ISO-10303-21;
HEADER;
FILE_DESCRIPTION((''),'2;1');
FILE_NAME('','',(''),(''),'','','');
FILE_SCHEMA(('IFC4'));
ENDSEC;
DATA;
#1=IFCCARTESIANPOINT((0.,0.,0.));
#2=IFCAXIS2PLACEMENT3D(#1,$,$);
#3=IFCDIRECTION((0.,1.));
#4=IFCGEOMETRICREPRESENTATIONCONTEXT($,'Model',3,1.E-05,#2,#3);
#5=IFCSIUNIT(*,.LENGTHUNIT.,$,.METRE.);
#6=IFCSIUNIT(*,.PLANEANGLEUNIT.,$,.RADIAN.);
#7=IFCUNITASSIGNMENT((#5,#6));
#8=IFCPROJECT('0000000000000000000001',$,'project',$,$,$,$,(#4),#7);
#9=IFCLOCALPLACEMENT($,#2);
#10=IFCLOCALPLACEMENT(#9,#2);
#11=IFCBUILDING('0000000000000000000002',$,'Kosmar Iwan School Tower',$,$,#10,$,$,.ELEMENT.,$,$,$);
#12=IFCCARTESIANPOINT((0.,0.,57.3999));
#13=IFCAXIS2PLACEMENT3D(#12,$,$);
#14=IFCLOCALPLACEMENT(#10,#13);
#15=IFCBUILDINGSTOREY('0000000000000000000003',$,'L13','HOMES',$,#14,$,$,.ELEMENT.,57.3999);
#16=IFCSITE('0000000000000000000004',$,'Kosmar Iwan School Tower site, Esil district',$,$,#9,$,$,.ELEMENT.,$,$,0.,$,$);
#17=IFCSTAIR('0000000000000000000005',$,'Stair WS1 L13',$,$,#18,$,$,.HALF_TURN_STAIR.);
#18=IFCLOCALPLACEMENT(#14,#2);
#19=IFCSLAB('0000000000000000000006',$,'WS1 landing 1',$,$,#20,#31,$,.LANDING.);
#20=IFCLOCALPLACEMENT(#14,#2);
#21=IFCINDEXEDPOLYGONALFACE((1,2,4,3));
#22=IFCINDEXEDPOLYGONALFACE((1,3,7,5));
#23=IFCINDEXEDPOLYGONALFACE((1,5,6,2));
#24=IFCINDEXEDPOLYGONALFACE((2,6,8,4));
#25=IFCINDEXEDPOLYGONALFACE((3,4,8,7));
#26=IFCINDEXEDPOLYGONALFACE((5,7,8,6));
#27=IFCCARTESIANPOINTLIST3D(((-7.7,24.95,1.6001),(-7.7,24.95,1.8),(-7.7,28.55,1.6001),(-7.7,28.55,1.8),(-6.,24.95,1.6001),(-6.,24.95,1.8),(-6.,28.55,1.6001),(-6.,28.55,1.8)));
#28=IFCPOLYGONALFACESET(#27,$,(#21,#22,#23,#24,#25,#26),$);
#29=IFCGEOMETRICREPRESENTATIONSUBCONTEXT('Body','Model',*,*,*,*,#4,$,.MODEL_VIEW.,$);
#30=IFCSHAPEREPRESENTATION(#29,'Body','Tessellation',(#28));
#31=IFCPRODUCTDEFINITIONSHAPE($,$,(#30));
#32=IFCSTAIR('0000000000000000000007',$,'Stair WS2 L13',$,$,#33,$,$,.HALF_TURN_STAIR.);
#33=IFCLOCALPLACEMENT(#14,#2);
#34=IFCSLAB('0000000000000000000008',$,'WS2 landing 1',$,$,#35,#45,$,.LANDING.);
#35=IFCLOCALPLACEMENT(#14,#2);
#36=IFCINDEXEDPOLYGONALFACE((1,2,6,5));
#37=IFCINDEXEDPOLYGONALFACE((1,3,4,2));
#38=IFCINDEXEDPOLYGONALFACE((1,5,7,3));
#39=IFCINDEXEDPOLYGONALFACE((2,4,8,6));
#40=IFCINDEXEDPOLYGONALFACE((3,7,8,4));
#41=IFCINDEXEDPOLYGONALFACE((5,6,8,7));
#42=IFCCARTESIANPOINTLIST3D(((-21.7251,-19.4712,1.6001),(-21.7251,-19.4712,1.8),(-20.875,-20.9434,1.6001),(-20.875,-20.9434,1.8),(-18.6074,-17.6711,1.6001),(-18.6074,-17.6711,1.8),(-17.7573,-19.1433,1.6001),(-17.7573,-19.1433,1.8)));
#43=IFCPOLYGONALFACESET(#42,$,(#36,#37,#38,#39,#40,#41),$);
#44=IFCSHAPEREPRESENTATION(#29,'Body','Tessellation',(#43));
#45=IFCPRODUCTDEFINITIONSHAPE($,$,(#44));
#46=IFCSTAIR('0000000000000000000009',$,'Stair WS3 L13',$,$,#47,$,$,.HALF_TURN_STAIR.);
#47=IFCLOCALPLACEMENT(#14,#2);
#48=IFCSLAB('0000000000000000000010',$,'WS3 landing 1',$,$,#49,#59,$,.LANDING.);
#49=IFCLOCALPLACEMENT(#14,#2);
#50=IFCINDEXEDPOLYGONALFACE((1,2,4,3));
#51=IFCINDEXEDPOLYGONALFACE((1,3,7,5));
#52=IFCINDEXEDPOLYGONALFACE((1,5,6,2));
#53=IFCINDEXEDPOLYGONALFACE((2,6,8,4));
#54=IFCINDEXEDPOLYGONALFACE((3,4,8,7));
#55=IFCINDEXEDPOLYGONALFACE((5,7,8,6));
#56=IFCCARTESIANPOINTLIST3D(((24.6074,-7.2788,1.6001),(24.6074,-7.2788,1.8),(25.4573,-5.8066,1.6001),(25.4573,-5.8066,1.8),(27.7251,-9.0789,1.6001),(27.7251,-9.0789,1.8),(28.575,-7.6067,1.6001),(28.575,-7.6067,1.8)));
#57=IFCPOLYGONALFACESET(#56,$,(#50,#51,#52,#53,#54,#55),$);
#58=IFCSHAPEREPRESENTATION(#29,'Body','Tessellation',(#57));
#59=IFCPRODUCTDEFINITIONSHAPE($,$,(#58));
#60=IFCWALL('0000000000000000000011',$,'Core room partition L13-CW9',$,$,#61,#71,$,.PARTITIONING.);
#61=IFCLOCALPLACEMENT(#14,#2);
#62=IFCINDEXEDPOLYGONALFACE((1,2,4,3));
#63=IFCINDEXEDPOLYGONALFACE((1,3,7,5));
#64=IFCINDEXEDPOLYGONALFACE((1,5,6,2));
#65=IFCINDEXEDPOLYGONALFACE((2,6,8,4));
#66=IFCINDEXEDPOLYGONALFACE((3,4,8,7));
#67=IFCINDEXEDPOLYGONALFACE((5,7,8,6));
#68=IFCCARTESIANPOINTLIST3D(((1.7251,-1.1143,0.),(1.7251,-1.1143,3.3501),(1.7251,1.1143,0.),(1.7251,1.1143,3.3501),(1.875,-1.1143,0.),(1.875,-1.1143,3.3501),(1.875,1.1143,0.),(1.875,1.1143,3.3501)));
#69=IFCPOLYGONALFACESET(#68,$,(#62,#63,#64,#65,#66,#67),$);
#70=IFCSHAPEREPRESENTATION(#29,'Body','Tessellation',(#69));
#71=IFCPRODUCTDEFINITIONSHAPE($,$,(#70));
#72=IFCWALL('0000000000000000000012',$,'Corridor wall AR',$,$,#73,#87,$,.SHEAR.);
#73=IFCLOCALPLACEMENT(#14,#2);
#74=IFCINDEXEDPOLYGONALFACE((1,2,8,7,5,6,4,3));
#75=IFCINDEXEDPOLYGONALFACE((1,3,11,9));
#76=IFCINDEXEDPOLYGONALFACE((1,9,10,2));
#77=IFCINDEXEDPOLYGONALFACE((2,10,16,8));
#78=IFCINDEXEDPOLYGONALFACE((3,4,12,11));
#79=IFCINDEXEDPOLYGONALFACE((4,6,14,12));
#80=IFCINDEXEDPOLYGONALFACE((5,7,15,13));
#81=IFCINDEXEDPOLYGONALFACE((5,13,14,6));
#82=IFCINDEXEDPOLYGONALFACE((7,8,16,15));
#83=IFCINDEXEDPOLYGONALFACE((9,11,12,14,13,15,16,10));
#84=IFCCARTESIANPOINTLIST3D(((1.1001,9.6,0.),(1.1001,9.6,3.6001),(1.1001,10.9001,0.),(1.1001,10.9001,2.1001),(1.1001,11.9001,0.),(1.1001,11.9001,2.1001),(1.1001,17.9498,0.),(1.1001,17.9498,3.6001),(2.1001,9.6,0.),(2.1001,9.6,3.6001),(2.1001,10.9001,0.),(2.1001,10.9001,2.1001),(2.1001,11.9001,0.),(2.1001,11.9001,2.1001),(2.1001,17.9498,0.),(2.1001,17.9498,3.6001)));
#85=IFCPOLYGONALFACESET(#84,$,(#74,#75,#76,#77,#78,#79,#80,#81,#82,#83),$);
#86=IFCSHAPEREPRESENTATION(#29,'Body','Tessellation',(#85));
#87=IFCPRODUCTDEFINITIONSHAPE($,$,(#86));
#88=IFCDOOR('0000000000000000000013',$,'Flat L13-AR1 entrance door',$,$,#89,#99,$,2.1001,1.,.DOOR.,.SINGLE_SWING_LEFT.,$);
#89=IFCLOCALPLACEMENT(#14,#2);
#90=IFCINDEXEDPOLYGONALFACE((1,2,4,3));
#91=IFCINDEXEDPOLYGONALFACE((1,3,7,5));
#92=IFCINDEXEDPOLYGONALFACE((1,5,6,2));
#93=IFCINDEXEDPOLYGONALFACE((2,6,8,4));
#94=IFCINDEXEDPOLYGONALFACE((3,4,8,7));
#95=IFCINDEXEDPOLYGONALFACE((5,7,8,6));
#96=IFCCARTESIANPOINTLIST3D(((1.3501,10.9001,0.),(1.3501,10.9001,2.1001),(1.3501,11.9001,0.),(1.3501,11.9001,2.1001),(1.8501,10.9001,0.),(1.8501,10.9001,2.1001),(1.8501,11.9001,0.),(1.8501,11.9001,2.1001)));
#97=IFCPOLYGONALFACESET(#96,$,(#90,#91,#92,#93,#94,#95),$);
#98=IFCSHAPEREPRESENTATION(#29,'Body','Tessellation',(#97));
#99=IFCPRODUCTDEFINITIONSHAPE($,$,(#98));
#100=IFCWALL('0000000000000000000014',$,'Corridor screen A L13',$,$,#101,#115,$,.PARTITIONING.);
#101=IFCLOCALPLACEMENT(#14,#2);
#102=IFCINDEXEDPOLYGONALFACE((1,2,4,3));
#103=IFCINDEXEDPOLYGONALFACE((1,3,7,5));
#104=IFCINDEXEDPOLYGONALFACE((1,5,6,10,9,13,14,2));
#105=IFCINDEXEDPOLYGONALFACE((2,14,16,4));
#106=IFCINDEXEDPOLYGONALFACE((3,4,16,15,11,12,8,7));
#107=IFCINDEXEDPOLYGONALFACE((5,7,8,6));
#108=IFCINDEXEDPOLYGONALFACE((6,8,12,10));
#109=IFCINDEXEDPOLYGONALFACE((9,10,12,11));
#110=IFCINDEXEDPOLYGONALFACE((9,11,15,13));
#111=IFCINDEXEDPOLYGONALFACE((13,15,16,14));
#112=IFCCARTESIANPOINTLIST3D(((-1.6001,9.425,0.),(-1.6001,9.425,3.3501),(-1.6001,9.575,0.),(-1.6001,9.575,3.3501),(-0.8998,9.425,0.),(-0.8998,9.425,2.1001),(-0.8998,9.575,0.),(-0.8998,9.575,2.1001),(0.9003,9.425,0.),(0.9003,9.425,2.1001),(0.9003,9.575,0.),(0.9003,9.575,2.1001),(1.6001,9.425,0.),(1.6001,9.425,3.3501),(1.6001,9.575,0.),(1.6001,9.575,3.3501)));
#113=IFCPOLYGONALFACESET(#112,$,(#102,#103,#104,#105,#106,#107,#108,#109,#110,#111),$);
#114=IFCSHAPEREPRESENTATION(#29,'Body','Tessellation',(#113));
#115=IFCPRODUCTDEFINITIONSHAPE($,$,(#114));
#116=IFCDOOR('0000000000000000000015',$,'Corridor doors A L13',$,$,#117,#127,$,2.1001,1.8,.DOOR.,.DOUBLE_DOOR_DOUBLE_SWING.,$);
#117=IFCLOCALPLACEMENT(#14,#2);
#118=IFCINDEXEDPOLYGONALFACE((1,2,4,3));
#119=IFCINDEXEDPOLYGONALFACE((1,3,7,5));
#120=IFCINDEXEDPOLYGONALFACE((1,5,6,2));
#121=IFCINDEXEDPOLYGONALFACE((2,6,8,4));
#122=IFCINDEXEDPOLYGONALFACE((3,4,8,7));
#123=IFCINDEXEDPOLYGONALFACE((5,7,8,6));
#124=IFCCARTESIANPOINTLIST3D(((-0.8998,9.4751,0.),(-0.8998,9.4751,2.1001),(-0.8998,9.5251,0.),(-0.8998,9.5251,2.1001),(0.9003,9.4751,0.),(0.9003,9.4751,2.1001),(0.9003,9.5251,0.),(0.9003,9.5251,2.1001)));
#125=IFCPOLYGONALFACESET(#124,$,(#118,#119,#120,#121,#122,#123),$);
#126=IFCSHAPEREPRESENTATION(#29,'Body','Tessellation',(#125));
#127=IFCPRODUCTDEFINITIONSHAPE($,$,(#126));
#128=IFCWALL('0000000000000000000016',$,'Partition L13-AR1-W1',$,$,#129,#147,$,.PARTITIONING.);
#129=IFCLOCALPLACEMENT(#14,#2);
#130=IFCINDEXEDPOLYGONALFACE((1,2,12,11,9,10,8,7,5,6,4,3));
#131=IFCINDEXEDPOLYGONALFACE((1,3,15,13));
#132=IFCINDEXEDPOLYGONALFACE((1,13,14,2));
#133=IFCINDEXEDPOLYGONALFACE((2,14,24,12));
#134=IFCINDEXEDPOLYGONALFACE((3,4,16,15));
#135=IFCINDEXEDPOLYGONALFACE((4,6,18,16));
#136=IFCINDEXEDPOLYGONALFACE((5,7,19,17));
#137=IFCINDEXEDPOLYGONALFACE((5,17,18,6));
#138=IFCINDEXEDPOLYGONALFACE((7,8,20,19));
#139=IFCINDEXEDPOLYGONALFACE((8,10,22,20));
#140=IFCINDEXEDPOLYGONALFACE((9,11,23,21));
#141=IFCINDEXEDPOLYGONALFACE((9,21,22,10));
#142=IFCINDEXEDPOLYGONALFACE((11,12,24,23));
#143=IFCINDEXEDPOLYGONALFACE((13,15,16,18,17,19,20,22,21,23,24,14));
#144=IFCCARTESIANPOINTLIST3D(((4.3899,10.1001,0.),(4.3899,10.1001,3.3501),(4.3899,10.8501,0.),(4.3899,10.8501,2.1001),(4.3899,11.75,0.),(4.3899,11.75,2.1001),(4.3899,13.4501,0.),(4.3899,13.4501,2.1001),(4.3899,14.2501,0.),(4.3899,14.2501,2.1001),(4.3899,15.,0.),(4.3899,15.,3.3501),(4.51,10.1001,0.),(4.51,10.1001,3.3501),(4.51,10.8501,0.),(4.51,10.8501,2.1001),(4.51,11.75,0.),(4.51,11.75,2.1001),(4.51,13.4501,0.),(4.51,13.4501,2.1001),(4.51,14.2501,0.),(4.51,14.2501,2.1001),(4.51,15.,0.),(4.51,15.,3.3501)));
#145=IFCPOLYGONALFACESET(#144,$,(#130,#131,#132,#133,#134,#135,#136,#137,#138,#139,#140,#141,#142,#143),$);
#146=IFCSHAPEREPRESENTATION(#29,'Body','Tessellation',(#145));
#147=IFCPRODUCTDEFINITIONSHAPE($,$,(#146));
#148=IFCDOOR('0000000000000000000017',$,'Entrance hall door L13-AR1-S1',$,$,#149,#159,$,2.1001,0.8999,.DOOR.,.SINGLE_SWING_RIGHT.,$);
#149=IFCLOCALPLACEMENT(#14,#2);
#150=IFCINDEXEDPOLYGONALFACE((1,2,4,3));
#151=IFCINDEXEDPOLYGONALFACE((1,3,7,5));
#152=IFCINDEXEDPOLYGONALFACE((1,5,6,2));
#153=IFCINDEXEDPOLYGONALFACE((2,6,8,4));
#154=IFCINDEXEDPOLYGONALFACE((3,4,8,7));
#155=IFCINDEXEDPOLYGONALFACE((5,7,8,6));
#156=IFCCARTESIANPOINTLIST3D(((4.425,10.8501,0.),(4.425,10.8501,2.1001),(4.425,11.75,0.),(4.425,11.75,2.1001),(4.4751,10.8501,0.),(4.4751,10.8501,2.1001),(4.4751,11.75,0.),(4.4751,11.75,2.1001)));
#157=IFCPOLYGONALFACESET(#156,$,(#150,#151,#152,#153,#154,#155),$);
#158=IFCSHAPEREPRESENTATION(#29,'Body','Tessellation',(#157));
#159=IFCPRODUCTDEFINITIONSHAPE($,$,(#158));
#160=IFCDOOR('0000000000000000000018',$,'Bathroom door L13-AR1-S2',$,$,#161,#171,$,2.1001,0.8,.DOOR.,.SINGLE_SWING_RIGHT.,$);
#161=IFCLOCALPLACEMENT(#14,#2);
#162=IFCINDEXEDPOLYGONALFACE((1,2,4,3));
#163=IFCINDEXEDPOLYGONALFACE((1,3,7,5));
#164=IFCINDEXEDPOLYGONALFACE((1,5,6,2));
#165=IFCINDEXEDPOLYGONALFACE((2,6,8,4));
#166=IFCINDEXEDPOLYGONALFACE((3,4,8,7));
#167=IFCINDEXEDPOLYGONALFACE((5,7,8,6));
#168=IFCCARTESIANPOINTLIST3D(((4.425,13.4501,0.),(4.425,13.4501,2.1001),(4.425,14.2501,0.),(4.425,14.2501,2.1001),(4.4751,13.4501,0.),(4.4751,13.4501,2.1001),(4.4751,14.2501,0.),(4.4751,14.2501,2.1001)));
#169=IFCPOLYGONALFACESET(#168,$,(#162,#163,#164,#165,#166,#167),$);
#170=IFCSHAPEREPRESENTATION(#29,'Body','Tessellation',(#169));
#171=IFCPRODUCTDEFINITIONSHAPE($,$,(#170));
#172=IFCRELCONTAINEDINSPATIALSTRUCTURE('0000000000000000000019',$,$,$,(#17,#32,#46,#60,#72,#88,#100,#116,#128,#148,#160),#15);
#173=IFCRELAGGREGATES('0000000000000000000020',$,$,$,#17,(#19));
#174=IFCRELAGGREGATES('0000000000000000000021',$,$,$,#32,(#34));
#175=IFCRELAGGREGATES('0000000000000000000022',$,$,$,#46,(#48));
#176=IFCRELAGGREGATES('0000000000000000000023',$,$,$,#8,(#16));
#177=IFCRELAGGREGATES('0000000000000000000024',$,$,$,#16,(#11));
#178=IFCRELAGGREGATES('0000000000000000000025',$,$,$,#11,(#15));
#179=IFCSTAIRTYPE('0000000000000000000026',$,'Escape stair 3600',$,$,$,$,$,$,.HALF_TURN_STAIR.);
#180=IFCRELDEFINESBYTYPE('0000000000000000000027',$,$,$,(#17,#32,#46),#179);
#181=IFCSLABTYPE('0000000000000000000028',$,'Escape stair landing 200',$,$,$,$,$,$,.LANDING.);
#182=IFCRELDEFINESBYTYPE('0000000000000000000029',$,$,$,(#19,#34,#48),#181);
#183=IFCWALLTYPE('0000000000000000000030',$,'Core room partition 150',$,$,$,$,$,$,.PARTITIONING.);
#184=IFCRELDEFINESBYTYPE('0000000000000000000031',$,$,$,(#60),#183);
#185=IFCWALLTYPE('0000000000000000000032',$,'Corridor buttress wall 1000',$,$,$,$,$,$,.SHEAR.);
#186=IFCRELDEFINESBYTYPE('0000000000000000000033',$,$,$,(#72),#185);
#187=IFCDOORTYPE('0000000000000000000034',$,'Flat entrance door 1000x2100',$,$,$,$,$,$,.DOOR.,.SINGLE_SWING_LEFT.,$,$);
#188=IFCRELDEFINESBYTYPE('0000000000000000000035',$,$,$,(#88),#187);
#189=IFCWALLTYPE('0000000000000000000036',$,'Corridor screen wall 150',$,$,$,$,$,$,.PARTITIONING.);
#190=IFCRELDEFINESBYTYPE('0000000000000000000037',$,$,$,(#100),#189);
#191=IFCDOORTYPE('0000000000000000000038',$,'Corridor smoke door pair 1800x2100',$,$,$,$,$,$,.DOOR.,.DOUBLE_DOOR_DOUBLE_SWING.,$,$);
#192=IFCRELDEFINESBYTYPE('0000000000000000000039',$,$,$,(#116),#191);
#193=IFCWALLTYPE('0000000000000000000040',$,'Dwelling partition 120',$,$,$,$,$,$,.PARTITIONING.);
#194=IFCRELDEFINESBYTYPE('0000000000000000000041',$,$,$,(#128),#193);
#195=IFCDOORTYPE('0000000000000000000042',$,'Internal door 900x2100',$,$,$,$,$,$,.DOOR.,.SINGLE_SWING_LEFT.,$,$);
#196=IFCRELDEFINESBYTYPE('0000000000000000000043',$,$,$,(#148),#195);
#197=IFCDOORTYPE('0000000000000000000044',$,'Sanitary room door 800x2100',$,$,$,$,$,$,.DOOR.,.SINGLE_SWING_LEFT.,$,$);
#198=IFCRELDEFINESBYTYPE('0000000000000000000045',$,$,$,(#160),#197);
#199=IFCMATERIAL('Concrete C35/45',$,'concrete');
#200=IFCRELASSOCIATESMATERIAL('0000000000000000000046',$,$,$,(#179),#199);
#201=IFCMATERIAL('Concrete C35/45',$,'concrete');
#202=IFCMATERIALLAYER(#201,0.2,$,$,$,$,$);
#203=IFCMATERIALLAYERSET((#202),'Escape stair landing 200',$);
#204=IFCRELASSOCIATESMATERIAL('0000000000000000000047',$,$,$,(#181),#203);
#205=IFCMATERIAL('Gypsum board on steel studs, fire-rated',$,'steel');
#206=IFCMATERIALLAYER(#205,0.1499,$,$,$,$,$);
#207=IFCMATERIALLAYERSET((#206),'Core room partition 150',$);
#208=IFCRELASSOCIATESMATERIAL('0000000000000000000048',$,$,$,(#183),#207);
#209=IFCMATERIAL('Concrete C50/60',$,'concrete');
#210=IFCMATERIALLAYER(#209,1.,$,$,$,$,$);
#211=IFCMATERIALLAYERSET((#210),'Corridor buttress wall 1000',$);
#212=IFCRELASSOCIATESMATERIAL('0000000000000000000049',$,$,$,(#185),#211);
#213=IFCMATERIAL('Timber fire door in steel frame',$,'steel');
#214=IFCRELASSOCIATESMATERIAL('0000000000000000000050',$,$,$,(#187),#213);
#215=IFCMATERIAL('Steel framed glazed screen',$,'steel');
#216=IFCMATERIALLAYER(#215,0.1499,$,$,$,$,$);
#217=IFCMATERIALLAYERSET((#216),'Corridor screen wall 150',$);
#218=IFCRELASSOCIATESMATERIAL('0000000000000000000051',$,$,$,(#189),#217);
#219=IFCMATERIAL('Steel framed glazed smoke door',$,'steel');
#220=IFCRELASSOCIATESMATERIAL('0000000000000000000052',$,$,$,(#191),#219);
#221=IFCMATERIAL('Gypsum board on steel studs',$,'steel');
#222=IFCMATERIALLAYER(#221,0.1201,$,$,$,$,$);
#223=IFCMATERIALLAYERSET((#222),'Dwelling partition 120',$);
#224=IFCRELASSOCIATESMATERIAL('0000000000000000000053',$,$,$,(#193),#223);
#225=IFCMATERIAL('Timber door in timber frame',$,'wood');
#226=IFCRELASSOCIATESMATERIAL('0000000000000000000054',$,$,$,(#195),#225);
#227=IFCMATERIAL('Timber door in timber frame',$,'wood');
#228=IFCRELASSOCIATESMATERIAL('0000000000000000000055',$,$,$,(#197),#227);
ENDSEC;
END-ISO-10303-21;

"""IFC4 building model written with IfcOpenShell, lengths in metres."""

from ifc_helpers import new_model, si_unit, direction, frame, frame_2d, origin, place, context, subcontext, project, spatial, polyline, rectangle, outline, extrude, material, layer, layer_set, type_object, element, fill, aggregate, save


model = new_model("IFC4")

# Units and contexts
model_context = context("Model", 3, precision=1e-05, world=origin(), true_north=direction((0.0, 1.0)))
body_context = subcontext(model_context, "Body", "Model", "MODEL_VIEW")
ifc_project = project(units=[si_unit("LENGTHUNIT", "METRE"), si_unit("PLANEANGLEUNIT", "RADIAN")], contexts=[model_context])

# Site, building, storey
site_placement = place(None, origin())
site = spatial("IfcSite", under=ifc_project, at=site_placement, Name="Kosmar Iwan School Tower site, Esil district", CompositionType="ELEMENT", RefElevation=0.0)
building_placement = place(site_placement, origin())
building = spatial("IfcBuilding", under=site, at=building_placement, Name="Kosmar Iwan School Tower", CompositionType="ELEMENT")
storey_placement = place(building_placement, frame((0.0, 0.0, 57.3999)))
storey = spatial("IfcBuildingStorey", under=building, at=storey_placement, Name="L13", Description="HOMES", CompositionType="ELEMENT", Elevation=57.3999)

# Stairs, slabs
ifc_material_1 = material(Name="Concrete C35/45", Category="concrete")
stair_type_1 = type_object("IfcStairType", Name="Escape stair 3600", PredefinedType="HALF_TURN_STAIR", material=ifc_material_1)
stair_1_placement = place(storey_placement, origin())
stair_1 = element("IfcStair", 1, at=stair_1_placement, inside=storey, type_object=stair_type_1, Name="Stair WS1 L13", PredefinedType="HALF_TURN_STAIR")
ifc_material_2 = material(Name="Concrete C35/45", Category="concrete")
ifc_layer_1 = layer(ifc_material_2, 0.2)
ifc_layer_set_1 = layer_set([ifc_layer_1], Name="Escape stair landing 200")
slab_type = type_object("IfcSlabType", Name="Escape stair landing 200", PredefinedType="LANDING", material=ifc_layer_set_1)
slab_1_placement = place(storey_placement, frame((0.0, 0.0, 1.6001)))
slab_1 = element("IfcSlab", 2, at=slab_1_placement, type_object=slab_type, Name="WS1 landing 1", PredefinedType="LANDING", context=body_context, shape_type="SweptSolid", body=[
    extrude(outline(polyline([(-6.0, 24.95), (-6.0, 28.55), (-7.7, 28.55), (-7.7, 24.95), (-6.0, 24.95)])), origin(), (0.0, 0.0, 1.0), 0.2),
])
aggregate(stair_1, [slab_1])
stair_2_placement = place(storey_placement, origin())
stair_2 = element("IfcStair", 3, at=stair_2_placement, inside=storey, type_object=stair_type_1, Name="Stair WS2 L13", PredefinedType="HALF_TURN_STAIR")
slab_2_placement = place(storey_placement, frame((0.0, 0.0, 1.6001)))
slab_2 = element("IfcSlab", 4, at=slab_2_placement, type_object=slab_type, Name="WS2 landing 1", PredefinedType="LANDING", context=body_context, shape_type="SweptSolid", body=[
    extrude(outline(polyline([(-18.6074, -17.6711), (-21.7251, -19.4712), (-20.875, -20.9434), (-17.7573, -19.1433), (-18.6074, -17.6711)])), origin(), (0.0, 0.0, 1.0), 0.2),
])
aggregate(stair_2, [slab_2])
stair_3_placement = place(storey_placement, origin())
stair_3 = element("IfcStair", 5, at=stair_3_placement, inside=storey, type_object=stair_type_1, Name="Stair WS3 L13", PredefinedType="HALF_TURN_STAIR")
slab_3_placement = place(storey_placement, frame((0.0, 0.0, 1.6001)))
slab_3 = element("IfcSlab", 6, at=slab_3_placement, type_object=slab_type, Name="WS3 landing 1", PredefinedType="LANDING", context=body_context, shape_type="SweptSolid", body=[
    extrude(outline(polyline([(24.6074, -7.2788), (27.7251, -9.0789), (28.575, -7.6067), (25.4573, -5.8066), (24.6074, -7.2788)])), origin(), (0.0, 0.0, 1.0), 0.2),
])
aggregate(stair_3, [slab_3])

# Wall
ifc_material_3 = material(Name="Gypsum board on steel studs, fire-rated", Category="steel")
ifc_layer_2 = layer(ifc_material_3, 0.1499)
ifc_layer_set_2 = layer_set([ifc_layer_2], Name="Core room partition 150")
wall_type_1 = type_object("IfcWallType", Name="Core room partition 150", PredefinedType="PARTITIONING", material=ifc_layer_set_2)
wall_1_placement = place(storey_placement, frame((1.8, 1.1143, 0.0), z_axis=(0.0, 0.0, 1.0), x_axis=(0.0, -1.0, 0.0)))
element("IfcWall", 7, at=wall_1_placement, inside=storey, type_object=wall_type_1, Name="Core room partition L13-CW9", PredefinedType="PARTITIONING", context=body_context, shape_type="SweptSolid", body=[
    extrude(rectangle(XDim=2.2285, YDim=0.1499, at=frame_2d((1.1143, 0.0))), origin(), (0.0, 0.0, 1.0), 3.3501),
])

# Walls, openings, doors
ifc_material_4 = material(Name="Concrete C50/60", Category="concrete")
ifc_layer_3 = layer(ifc_material_4, 1.0)
ifc_layer_set_3 = layer_set([ifc_layer_3], Name="Corridor buttress wall 1000")
wall_type_2 = type_object("IfcWallType", Name="Corridor buttress wall 1000", PredefinedType="SHEAR", material=ifc_layer_set_3)
wall_2_placement = place(storey_placement, frame((1.6001, 9.6001, 0.0), z_axis=(0.0, 0.0, 1.0), x_axis=(0.0, 1.0, 0.0)))
wall_2 = element("IfcWall", 8, at=wall_2_placement, inside=storey, type_object=wall_type_2, Name="Corridor wall AR", PredefinedType="SHEAR", context=body_context, shape_type="SweptSolid", body=[
    extrude(rectangle(XDim=8.3499, YDim=1.0, at=frame_2d((4.1748, 0.0))), origin(), (0.0, 0.0, 1.0), 3.6001),
])
opening_1_placement = place(wall_2_placement, frame((1.3, 0.0, 0.0)))
opening_1 = element("IfcOpeningElement", 9, at=opening_1_placement, cuts=wall_2, PredefinedType="OPENING", context=body_context, shape_type="SweptSolid", body=[
    extrude(rectangle(XDim=1.0, YDim=2.1001, at=frame_2d((0.5, 1.05))), frame((0.0, 0.512, 0.0), z_axis=(0.0, -1.0, 0.0), x_axis=(1.0, 0.0, 0.0)), (0.0, 0.0, 1.0), 1.0239),
])
ifc_material_5 = material(Name="Timber fire door in steel frame", Category="steel")
door_type_1 = type_object("IfcDoorType", Name="Flat entrance door 1000x2100", OperationType="SINGLE_SWING_LEFT", PredefinedType="DOOR", material=ifc_material_5)
door_1_placement = place(opening_1_placement, origin())
door_1 = element("IfcDoor", 10, at=door_1_placement, inside=storey, type_object=door_type_1, Name="Flat L13-AR1 entrance door", OperationType="SINGLE_SWING_LEFT", OverallHeight=2.1001, OverallWidth=1.0, PredefinedType="DOOR", context=body_context, shape_type="SweptSolid", body=[
    extrude(rectangle(XDim=1.0, YDim=2.1001, at=frame_2d((0.5, 1.05))), frame((0.0, 0.25, 0.0), z_axis=(0.0, -1.0, 0.0), x_axis=(1.0, 0.0, 0.0)), (0.0, 0.0, 1.0), 0.5),
])
fill(opening_1, door_1)
ifc_material_6 = material(Name="Steel framed glazed screen", Category="steel")
ifc_layer_4 = layer(ifc_material_6, 0.1499)
ifc_layer_set_4 = layer_set([ifc_layer_4], Name="Corridor screen wall 150")
wall_type_3 = type_object("IfcWallType", Name="Corridor screen wall 150", PredefinedType="PARTITIONING", material=ifc_layer_set_4)
wall_3_placement = place(storey_placement, frame((1.6001, 9.5, 0.0), z_axis=(0.0, 0.0, 1.0), x_axis=(-1.0, 0.0, 0.0)))
wall_3 = element("IfcWall", 11, at=wall_3_placement, inside=storey, type_object=wall_type_3, Name="Corridor screen A L13", PredefinedType="PARTITIONING", context=body_context, shape_type="SweptSolid", body=[
    extrude(rectangle(XDim=3.2002, YDim=0.1499, at=frame_2d((1.6001, 0.0))), origin(), (0.0, 0.0, 1.0), 3.3501),
])
opening_2_placement = place(wall_3_placement, frame((0.7, 0.0, 0.0)))
opening_2 = element("IfcOpeningElement", 12, at=opening_2_placement, cuts=wall_3, PredefinedType="OPENING", context=body_context, shape_type="SweptSolid", body=[
    extrude(rectangle(XDim=1.8, YDim=2.1001, at=frame_2d((0.8999, 1.05))), frame((0.0, 0.0869, 0.0), z_axis=(0.0, -1.0, 0.0), x_axis=(1.0, 0.0, 0.0)), (0.0, 0.0, 1.0), 0.1738),
])
ifc_material_7 = material(Name="Steel framed glazed smoke door", Category="steel")
door_type_2 = type_object("IfcDoorType", Name="Corridor smoke door pair 1800x2100", OperationType="DOUBLE_DOOR_DOUBLE_SWING", PredefinedType="DOOR", material=ifc_material_7)
door_2_placement = place(opening_2_placement, origin())
door_2 = element("IfcDoor", 13, at=door_2_placement, inside=storey, type_object=door_type_2, Name="Corridor doors A L13", OperationType="DOUBLE_DOOR_DOUBLE_SWING", OverallHeight=2.1001, OverallWidth=1.8, PredefinedType="DOOR", context=body_context, shape_type="SweptSolid", body=[
    extrude(rectangle(XDim=1.8, YDim=2.1001, at=frame_2d((0.8999, 1.05))), frame((0.0, 0.0249, 0.0), z_axis=(0.0, -1.0, 0.0), x_axis=(1.0, 0.0, 0.0)), (0.0, 0.0, 1.0), 0.05),
])
fill(opening_2, door_2)

# Wall, openings, doors
ifc_material_8 = material(Name="Gypsum board on steel studs", Category="steel")
ifc_layer_5 = layer(ifc_material_8, 0.1201)
ifc_layer_set_5 = layer_set([ifc_layer_5], Name="Dwelling partition 120")
wall_type_4 = type_object("IfcWallType", Name="Dwelling partition 120", PredefinedType="PARTITIONING", material=ifc_layer_set_5)
wall_4_placement = place(storey_placement, frame((4.45, 10.1001, 0.0), z_axis=(0.0, 0.0, 1.0), x_axis=(0.0, 1.0, 0.0)))
wall_4 = element("IfcWall", 14, at=wall_4_placement, inside=storey, type_object=wall_type_4, Name="Partition L13-AR1-W1", PredefinedType="PARTITIONING", context=body_context, shape_type="SweptSolid", body=[
    extrude(rectangle(XDim=4.8999, YDim=0.1201, at=frame_2d((2.45, 0.0))), origin(), (0.0, 0.0, 1.0), 3.3501),
])
opening_3_placement = place(wall_4_placement, frame((0.75, 0.0, 0.0)))
opening_3 = element("IfcOpeningElement", 15, at=opening_3_placement, cuts=wall_4, PredefinedType="OPENING", context=body_context, shape_type="SweptSolid", body=[
    extrude(rectangle(XDim=0.8999, YDim=2.1001, at=frame_2d((0.45, 1.05))), frame((0.0, 0.072, 0.0), z_axis=(0.0, -1.0, 0.0), x_axis=(1.0, 0.0, 0.0)), (0.0, 0.0, 1.0), 0.144),
])
opening_4_placement = place(wall_4_placement, frame((3.3501, 0.0, 0.0)))
opening_4 = element("IfcOpeningElement", 16, at=opening_4_placement, cuts=wall_4, PredefinedType="OPENING", context=body_context, shape_type="SweptSolid", body=[
    extrude(rectangle(XDim=0.8, YDim=2.1001, at=frame_2d((0.3999, 1.05))), frame((0.0, 0.072, 0.0), z_axis=(0.0, -1.0, 0.0), x_axis=(1.0, 0.0, 0.0)), (0.0, 0.0, 1.0), 0.144),
])
ifc_material_9 = material(Name="Timber door in timber frame", Category="wood")
door_type_3 = type_object("IfcDoorType", Name="Internal door 900x2100", OperationType="SINGLE_SWING_LEFT", PredefinedType="DOOR", material=ifc_material_9)
door_3_placement = place(opening_3_placement, origin())
door_3 = element("IfcDoor", 17, at=door_3_placement, inside=storey, type_object=door_type_3, Name="Entrance hall door L13-AR1-S1", OperationType="SINGLE_SWING_RIGHT", OverallHeight=2.1001, OverallWidth=0.8999, PredefinedType="DOOR", context=body_context, shape_type="SweptSolid", body=[
    extrude(rectangle(XDim=0.8999, YDim=2.1001, at=frame_2d((0.45, 1.05))), frame((0.0, 0.0249, 0.0), z_axis=(0.0, -1.0, 0.0), x_axis=(1.0, 0.0, 0.0)), (0.0, 0.0, 1.0), 0.05),
])
fill(opening_3, door_3)
ifc_material_10 = material(Name="Timber door in timber frame", Category="wood")
door_type_4 = type_object("IfcDoorType", Name="Sanitary room door 800x2100", OperationType="SINGLE_SWING_LEFT", PredefinedType="DOOR", material=ifc_material_10)
door_4_placement = place(opening_4_placement, origin())
door_4 = element("IfcDoor", 18, at=door_4_placement, inside=storey, type_object=door_type_4, Name="Bathroom door L13-AR1-S2", OperationType="SINGLE_SWING_RIGHT", OverallHeight=2.1001, OverallWidth=0.8, PredefinedType="DOOR", context=body_context, shape_type="SweptSolid", body=[
    extrude(rectangle(XDim=0.8, YDim=2.1001, at=frame_2d((0.3999, 1.05))), frame((0.0, 0.0249, 0.0), z_axis=(0.0, -1.0, 0.0), x_axis=(1.0, 0.0, 0.0)), (0.0, 0.0, 1.0), 0.05),
])
fill(opening_4, door_4)

save(model, "model.ifc")
